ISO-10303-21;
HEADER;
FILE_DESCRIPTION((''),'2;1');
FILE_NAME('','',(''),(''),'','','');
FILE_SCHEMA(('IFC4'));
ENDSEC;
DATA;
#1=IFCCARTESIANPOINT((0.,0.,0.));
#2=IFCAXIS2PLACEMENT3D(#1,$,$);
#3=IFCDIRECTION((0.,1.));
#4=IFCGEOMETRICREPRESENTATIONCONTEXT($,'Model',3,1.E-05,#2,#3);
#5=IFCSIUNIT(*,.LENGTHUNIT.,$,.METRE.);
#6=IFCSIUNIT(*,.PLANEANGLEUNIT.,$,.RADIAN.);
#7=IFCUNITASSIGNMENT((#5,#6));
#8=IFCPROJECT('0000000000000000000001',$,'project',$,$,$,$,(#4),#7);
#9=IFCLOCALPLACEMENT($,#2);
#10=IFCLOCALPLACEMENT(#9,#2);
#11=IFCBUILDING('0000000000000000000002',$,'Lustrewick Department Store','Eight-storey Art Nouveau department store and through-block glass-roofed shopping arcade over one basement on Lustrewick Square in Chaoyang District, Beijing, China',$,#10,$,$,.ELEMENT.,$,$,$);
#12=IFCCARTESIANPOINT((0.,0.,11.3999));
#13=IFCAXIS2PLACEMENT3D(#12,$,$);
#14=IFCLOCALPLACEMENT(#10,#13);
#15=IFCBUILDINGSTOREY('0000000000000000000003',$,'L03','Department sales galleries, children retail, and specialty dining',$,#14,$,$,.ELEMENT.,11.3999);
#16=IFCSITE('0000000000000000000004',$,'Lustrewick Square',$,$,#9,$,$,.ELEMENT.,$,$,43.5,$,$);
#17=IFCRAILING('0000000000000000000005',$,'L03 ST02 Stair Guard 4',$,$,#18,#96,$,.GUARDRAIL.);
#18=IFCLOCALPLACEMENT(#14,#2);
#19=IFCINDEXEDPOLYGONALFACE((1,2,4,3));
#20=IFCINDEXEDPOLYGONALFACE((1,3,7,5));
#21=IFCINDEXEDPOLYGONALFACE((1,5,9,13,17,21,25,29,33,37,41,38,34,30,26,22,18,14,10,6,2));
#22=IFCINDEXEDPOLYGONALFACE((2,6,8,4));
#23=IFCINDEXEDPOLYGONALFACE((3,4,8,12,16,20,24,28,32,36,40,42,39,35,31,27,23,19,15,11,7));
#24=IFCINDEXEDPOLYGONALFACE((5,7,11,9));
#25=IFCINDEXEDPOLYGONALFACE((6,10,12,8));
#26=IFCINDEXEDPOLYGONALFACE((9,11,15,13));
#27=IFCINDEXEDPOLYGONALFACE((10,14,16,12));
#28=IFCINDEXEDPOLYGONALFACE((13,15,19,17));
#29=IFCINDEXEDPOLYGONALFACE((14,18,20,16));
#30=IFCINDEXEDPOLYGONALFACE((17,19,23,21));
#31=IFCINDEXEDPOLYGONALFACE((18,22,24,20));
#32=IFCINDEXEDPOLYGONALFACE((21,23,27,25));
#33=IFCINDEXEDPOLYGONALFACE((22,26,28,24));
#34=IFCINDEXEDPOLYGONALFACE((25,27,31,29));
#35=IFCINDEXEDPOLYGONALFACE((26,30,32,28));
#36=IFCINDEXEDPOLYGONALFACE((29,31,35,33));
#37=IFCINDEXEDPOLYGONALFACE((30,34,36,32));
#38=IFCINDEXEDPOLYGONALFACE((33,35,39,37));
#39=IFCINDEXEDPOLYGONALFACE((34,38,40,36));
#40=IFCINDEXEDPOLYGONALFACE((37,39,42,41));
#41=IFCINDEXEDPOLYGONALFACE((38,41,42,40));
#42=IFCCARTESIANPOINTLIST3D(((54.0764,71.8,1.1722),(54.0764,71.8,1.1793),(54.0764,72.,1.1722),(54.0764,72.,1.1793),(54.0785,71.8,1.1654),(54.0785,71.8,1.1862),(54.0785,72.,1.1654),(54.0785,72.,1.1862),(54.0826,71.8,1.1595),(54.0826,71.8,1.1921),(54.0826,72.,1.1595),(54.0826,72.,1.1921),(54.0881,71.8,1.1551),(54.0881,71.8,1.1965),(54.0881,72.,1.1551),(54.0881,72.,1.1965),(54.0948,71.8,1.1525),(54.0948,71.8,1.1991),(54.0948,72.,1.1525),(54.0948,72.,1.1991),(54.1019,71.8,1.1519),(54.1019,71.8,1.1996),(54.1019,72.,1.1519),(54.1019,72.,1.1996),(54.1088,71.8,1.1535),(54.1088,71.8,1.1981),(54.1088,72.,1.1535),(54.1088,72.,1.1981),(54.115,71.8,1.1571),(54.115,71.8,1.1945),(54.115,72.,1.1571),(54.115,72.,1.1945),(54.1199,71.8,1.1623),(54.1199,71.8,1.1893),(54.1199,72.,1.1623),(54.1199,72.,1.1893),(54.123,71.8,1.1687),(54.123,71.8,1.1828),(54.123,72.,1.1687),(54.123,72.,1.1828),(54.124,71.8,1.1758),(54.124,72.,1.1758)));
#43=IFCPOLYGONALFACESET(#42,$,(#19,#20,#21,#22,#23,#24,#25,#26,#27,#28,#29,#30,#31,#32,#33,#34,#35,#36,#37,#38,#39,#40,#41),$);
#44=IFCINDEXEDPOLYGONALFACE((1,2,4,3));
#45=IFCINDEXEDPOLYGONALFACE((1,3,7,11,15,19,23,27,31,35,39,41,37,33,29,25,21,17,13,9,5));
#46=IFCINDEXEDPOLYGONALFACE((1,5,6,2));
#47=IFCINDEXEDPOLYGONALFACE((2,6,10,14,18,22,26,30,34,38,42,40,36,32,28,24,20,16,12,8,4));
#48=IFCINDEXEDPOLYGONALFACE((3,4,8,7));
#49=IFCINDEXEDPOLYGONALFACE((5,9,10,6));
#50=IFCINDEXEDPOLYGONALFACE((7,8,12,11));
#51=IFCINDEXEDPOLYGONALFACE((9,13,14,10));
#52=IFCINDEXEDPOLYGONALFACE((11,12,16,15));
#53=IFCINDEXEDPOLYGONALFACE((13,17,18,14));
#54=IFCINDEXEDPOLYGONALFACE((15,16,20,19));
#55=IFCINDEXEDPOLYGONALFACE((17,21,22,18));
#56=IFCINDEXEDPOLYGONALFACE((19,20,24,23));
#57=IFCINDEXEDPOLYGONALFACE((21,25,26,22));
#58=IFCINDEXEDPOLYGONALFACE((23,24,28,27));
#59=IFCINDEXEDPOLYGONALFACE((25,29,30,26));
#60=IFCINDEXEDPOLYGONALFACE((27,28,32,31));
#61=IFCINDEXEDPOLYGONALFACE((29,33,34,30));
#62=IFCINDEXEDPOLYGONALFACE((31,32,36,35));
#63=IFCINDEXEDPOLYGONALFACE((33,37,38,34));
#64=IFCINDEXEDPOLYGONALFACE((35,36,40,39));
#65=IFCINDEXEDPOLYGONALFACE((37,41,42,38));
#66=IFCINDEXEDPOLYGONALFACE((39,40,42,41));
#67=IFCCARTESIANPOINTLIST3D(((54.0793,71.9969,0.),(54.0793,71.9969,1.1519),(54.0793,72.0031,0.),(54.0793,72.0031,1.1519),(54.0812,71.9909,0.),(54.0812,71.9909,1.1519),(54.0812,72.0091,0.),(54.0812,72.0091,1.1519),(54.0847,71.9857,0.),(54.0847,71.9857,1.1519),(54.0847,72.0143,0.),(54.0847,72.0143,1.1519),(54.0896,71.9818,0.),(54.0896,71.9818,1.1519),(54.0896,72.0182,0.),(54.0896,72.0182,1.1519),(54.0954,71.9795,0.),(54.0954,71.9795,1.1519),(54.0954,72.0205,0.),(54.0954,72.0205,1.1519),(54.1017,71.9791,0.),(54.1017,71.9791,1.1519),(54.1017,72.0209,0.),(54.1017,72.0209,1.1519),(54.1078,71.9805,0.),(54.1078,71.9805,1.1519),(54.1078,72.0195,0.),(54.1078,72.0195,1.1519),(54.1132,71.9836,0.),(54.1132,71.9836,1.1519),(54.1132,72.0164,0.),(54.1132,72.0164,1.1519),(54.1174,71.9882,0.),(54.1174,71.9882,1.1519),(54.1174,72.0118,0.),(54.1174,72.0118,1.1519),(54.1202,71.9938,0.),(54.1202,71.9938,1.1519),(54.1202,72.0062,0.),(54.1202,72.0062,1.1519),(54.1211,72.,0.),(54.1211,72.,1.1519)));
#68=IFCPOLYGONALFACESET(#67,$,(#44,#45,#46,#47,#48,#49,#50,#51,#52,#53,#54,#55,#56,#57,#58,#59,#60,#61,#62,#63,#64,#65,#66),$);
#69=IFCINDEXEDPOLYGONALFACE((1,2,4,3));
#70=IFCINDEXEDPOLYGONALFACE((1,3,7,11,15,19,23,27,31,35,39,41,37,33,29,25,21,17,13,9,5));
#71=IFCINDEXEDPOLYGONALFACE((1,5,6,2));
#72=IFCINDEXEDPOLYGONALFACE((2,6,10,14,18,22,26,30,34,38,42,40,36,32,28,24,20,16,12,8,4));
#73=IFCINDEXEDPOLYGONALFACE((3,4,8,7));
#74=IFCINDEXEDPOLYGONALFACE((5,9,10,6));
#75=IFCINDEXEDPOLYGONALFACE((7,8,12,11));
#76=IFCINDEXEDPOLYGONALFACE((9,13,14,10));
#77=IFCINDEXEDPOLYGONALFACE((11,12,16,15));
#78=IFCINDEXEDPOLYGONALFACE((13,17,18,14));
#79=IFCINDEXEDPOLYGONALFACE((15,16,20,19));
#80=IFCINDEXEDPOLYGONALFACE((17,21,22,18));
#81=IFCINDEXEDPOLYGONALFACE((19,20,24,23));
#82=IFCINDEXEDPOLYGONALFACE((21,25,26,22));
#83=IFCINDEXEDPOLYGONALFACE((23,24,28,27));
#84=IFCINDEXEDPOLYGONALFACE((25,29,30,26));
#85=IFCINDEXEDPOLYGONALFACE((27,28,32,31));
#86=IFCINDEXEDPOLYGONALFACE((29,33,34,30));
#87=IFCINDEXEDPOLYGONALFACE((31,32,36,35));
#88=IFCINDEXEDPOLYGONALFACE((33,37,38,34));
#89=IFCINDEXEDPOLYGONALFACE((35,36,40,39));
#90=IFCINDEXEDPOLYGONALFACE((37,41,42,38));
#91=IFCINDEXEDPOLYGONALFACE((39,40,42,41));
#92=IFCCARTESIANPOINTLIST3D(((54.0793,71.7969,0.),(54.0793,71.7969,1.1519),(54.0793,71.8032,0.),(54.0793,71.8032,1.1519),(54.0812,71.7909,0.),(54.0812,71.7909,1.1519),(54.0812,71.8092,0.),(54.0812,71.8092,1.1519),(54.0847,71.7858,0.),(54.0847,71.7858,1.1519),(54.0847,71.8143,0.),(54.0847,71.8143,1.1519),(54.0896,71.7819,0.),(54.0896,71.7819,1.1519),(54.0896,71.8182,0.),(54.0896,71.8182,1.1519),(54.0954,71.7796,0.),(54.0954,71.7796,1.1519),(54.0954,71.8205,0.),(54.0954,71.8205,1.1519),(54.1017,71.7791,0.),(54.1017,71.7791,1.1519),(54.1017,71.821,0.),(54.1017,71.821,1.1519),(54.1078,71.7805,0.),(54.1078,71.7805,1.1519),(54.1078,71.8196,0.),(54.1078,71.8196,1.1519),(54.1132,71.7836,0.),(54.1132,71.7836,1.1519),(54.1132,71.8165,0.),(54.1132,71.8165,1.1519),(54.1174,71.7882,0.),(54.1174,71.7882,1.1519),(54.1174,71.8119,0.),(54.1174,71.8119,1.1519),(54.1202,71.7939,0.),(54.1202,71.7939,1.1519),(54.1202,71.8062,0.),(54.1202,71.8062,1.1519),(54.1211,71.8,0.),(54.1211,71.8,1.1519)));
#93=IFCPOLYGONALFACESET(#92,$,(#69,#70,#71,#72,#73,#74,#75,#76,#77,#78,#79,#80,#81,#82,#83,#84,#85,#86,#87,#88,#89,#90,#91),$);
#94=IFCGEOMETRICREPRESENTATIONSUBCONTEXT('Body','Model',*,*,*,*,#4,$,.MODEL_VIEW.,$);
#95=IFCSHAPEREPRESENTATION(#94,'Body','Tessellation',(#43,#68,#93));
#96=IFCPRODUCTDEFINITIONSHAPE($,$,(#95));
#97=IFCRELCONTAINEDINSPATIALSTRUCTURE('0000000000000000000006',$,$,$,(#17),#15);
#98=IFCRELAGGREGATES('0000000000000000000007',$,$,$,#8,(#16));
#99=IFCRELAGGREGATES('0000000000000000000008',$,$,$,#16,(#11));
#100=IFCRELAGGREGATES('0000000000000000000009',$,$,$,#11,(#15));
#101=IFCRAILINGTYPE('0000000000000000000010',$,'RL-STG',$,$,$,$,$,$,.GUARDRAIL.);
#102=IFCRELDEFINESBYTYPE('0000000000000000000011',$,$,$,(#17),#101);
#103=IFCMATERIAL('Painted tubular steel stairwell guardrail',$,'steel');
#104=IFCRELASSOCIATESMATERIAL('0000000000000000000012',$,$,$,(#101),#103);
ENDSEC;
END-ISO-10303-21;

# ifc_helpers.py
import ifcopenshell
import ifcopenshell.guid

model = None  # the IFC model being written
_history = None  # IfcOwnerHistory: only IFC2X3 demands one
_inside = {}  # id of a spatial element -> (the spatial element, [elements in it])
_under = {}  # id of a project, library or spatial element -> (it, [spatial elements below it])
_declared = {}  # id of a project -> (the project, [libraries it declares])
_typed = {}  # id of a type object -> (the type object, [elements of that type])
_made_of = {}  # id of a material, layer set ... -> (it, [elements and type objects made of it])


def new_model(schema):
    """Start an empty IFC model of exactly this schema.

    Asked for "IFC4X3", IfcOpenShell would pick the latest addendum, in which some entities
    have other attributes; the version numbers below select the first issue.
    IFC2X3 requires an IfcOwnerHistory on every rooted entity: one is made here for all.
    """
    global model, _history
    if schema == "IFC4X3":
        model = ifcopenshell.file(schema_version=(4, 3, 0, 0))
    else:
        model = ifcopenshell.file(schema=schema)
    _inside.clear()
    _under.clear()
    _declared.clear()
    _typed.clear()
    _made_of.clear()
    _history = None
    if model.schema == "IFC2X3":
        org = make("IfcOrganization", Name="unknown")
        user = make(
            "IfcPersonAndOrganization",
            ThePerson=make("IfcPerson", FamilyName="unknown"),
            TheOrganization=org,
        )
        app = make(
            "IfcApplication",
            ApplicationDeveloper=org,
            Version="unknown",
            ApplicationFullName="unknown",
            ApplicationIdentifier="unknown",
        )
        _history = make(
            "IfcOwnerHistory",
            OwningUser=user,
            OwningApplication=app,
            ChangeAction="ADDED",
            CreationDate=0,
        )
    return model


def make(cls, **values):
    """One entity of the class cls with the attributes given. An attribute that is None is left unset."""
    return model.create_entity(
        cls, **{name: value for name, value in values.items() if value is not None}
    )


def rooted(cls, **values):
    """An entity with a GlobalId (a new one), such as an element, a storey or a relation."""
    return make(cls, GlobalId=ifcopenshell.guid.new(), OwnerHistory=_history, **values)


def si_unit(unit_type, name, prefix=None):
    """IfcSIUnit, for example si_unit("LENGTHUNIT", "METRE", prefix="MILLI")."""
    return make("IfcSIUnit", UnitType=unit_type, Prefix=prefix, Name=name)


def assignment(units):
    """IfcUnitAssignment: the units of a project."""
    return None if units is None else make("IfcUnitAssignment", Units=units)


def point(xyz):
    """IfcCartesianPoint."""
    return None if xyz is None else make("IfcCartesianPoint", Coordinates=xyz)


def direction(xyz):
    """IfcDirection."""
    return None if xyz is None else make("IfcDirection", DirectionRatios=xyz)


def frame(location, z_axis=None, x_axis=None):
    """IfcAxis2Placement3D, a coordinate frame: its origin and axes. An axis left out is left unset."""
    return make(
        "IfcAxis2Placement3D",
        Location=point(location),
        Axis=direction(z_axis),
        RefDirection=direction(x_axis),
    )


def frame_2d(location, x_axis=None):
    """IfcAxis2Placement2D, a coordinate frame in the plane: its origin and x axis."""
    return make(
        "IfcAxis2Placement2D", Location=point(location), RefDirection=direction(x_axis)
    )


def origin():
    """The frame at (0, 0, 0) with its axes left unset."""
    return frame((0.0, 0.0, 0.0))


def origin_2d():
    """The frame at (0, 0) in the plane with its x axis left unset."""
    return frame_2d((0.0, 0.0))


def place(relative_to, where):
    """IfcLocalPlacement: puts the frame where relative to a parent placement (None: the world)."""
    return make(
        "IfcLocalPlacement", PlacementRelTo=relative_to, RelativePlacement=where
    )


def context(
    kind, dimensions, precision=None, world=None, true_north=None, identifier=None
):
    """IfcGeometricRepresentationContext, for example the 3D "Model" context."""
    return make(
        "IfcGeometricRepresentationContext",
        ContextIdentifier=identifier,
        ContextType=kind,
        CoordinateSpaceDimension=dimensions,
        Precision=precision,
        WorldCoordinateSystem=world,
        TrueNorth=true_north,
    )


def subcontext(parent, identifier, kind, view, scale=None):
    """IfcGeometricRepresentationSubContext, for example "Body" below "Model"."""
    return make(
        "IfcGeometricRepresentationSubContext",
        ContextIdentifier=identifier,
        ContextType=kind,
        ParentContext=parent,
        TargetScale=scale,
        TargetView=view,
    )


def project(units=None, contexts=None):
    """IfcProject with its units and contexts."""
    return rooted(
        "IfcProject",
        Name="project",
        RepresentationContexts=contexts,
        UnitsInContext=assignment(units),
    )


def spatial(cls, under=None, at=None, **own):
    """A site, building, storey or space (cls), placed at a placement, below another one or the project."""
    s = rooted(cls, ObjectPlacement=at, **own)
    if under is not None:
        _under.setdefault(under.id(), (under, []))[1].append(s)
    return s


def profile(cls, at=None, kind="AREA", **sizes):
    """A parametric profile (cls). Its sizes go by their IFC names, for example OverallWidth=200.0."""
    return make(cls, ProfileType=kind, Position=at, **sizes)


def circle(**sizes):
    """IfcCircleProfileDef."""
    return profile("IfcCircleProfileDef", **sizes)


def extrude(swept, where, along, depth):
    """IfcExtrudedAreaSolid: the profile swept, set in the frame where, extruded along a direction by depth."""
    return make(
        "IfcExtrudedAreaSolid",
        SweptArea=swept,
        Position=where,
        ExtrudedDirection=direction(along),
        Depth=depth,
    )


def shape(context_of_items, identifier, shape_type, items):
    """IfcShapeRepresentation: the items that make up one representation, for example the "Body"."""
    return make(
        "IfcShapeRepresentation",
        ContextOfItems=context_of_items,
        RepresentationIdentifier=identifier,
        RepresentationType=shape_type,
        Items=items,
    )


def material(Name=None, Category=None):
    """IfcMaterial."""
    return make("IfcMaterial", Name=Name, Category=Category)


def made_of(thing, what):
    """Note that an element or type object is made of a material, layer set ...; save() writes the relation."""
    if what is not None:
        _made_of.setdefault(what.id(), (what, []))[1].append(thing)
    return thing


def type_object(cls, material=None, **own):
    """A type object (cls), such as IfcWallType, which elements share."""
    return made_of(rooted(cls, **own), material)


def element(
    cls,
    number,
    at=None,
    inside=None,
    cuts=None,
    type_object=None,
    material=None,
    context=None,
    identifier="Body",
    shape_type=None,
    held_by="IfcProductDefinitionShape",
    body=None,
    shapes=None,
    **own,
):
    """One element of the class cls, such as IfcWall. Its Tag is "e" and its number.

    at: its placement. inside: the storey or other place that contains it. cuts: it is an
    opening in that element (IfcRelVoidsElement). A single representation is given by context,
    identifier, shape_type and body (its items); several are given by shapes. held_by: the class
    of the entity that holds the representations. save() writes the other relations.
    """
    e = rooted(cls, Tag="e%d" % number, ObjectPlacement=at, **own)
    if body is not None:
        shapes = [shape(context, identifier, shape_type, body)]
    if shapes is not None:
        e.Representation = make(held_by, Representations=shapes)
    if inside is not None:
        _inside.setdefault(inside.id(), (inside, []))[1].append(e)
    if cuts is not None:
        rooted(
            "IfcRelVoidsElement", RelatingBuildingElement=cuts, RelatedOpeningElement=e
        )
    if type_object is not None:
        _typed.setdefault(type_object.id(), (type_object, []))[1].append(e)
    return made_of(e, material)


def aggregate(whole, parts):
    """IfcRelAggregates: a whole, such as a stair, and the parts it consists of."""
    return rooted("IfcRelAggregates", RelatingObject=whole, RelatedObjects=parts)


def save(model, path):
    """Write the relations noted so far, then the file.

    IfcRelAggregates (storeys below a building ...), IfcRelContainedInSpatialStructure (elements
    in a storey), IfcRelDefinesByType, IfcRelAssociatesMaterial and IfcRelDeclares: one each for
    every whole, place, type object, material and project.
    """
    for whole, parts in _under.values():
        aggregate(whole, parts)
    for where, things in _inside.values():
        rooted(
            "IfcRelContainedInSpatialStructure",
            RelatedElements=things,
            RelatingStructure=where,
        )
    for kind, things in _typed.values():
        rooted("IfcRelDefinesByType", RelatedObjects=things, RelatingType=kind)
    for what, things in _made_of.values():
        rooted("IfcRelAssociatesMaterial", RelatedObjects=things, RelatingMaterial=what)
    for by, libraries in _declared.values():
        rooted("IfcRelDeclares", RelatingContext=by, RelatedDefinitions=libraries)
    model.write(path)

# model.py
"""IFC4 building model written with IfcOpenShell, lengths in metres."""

from ifc_helpers import new_model, si_unit, direction, frame, origin, origin_2d, place, context, subcontext, project, spatial, circle, extrude, material, type_object, element, save


model = new_model("IFC4")

# Units and contexts
model_context = context("Model", 3, precision=1e-05, world=origin(), true_north=direction((0.0, 1.0)))
body_context = subcontext(model_context, "Body", "Model", "MODEL_VIEW")
ifc_project = project(units=[si_unit("LENGTHUNIT", "METRE"), si_unit("PLANEANGLEUNIT", "RADIAN")], contexts=[model_context])

# Site, building, storey
site_placement = place(None, origin())
site = spatial("IfcSite", under=ifc_project, at=site_placement, Name="Lustrewick Square", CompositionType="ELEMENT", RefElevation=43.5)
building_placement = place(site_placement, origin())
building = spatial("IfcBuilding", under=site, at=building_placement, Name="Lustrewick Department Store", Description="Eight-storey Art Nouveau department store and through-block glass-roofed shopping arcade over one basement on Lustrewick Square in Chaoyang District, Beijing, China", CompositionType="ELEMENT")
storey_placement = place(building_placement, frame((0.0, 0.0, 11.3999)))
storey = spatial("IfcBuildingStorey", under=building, at=storey_placement, Name="L03", Description="Department sales galleries, children retail, and specialty dining", CompositionType="ELEMENT", Elevation=11.3999)

# Railing
ifc_material_1 = material(Name="Painted tubular steel stairwell guardrail", Category="steel")
railing_type_1 = type_object("IfcRailingType", Name="RL-STG", PredefinedType="GUARDRAIL", material=ifc_material_1)
railing_1_placement = place(storey_placement, frame((54.1001, 72.0, 0.0)))
element("IfcRailing", 1, at=railing_1_placement, inside=storey, type_object=railing_type_1, Name="L03 ST02 Stair Guard 4", PredefinedType="GUARDRAIL", context=body_context, shape_type="SweptSolid", body=[
    extrude(circle(Radius=0.0239, at=origin_2d()), frame((0.0, 0.0, 1.1758), z_axis=(0.0, -1.0, 0.0), x_axis=(1.0, 0.0, 0.0)), (0.0, 0.0, 1.0), 0.2),
    extrude(circle(Radius=0.021, at=origin_2d()), origin(), (0.0, 0.0, 1.0), 1.1519),
    extrude(circle(Radius=0.021, at=origin_2d()), frame((0.0, -0.2, 0.0)), (0.0, 0.0, 1.0), 1.1519),
])

save(model, "model.ifc")
